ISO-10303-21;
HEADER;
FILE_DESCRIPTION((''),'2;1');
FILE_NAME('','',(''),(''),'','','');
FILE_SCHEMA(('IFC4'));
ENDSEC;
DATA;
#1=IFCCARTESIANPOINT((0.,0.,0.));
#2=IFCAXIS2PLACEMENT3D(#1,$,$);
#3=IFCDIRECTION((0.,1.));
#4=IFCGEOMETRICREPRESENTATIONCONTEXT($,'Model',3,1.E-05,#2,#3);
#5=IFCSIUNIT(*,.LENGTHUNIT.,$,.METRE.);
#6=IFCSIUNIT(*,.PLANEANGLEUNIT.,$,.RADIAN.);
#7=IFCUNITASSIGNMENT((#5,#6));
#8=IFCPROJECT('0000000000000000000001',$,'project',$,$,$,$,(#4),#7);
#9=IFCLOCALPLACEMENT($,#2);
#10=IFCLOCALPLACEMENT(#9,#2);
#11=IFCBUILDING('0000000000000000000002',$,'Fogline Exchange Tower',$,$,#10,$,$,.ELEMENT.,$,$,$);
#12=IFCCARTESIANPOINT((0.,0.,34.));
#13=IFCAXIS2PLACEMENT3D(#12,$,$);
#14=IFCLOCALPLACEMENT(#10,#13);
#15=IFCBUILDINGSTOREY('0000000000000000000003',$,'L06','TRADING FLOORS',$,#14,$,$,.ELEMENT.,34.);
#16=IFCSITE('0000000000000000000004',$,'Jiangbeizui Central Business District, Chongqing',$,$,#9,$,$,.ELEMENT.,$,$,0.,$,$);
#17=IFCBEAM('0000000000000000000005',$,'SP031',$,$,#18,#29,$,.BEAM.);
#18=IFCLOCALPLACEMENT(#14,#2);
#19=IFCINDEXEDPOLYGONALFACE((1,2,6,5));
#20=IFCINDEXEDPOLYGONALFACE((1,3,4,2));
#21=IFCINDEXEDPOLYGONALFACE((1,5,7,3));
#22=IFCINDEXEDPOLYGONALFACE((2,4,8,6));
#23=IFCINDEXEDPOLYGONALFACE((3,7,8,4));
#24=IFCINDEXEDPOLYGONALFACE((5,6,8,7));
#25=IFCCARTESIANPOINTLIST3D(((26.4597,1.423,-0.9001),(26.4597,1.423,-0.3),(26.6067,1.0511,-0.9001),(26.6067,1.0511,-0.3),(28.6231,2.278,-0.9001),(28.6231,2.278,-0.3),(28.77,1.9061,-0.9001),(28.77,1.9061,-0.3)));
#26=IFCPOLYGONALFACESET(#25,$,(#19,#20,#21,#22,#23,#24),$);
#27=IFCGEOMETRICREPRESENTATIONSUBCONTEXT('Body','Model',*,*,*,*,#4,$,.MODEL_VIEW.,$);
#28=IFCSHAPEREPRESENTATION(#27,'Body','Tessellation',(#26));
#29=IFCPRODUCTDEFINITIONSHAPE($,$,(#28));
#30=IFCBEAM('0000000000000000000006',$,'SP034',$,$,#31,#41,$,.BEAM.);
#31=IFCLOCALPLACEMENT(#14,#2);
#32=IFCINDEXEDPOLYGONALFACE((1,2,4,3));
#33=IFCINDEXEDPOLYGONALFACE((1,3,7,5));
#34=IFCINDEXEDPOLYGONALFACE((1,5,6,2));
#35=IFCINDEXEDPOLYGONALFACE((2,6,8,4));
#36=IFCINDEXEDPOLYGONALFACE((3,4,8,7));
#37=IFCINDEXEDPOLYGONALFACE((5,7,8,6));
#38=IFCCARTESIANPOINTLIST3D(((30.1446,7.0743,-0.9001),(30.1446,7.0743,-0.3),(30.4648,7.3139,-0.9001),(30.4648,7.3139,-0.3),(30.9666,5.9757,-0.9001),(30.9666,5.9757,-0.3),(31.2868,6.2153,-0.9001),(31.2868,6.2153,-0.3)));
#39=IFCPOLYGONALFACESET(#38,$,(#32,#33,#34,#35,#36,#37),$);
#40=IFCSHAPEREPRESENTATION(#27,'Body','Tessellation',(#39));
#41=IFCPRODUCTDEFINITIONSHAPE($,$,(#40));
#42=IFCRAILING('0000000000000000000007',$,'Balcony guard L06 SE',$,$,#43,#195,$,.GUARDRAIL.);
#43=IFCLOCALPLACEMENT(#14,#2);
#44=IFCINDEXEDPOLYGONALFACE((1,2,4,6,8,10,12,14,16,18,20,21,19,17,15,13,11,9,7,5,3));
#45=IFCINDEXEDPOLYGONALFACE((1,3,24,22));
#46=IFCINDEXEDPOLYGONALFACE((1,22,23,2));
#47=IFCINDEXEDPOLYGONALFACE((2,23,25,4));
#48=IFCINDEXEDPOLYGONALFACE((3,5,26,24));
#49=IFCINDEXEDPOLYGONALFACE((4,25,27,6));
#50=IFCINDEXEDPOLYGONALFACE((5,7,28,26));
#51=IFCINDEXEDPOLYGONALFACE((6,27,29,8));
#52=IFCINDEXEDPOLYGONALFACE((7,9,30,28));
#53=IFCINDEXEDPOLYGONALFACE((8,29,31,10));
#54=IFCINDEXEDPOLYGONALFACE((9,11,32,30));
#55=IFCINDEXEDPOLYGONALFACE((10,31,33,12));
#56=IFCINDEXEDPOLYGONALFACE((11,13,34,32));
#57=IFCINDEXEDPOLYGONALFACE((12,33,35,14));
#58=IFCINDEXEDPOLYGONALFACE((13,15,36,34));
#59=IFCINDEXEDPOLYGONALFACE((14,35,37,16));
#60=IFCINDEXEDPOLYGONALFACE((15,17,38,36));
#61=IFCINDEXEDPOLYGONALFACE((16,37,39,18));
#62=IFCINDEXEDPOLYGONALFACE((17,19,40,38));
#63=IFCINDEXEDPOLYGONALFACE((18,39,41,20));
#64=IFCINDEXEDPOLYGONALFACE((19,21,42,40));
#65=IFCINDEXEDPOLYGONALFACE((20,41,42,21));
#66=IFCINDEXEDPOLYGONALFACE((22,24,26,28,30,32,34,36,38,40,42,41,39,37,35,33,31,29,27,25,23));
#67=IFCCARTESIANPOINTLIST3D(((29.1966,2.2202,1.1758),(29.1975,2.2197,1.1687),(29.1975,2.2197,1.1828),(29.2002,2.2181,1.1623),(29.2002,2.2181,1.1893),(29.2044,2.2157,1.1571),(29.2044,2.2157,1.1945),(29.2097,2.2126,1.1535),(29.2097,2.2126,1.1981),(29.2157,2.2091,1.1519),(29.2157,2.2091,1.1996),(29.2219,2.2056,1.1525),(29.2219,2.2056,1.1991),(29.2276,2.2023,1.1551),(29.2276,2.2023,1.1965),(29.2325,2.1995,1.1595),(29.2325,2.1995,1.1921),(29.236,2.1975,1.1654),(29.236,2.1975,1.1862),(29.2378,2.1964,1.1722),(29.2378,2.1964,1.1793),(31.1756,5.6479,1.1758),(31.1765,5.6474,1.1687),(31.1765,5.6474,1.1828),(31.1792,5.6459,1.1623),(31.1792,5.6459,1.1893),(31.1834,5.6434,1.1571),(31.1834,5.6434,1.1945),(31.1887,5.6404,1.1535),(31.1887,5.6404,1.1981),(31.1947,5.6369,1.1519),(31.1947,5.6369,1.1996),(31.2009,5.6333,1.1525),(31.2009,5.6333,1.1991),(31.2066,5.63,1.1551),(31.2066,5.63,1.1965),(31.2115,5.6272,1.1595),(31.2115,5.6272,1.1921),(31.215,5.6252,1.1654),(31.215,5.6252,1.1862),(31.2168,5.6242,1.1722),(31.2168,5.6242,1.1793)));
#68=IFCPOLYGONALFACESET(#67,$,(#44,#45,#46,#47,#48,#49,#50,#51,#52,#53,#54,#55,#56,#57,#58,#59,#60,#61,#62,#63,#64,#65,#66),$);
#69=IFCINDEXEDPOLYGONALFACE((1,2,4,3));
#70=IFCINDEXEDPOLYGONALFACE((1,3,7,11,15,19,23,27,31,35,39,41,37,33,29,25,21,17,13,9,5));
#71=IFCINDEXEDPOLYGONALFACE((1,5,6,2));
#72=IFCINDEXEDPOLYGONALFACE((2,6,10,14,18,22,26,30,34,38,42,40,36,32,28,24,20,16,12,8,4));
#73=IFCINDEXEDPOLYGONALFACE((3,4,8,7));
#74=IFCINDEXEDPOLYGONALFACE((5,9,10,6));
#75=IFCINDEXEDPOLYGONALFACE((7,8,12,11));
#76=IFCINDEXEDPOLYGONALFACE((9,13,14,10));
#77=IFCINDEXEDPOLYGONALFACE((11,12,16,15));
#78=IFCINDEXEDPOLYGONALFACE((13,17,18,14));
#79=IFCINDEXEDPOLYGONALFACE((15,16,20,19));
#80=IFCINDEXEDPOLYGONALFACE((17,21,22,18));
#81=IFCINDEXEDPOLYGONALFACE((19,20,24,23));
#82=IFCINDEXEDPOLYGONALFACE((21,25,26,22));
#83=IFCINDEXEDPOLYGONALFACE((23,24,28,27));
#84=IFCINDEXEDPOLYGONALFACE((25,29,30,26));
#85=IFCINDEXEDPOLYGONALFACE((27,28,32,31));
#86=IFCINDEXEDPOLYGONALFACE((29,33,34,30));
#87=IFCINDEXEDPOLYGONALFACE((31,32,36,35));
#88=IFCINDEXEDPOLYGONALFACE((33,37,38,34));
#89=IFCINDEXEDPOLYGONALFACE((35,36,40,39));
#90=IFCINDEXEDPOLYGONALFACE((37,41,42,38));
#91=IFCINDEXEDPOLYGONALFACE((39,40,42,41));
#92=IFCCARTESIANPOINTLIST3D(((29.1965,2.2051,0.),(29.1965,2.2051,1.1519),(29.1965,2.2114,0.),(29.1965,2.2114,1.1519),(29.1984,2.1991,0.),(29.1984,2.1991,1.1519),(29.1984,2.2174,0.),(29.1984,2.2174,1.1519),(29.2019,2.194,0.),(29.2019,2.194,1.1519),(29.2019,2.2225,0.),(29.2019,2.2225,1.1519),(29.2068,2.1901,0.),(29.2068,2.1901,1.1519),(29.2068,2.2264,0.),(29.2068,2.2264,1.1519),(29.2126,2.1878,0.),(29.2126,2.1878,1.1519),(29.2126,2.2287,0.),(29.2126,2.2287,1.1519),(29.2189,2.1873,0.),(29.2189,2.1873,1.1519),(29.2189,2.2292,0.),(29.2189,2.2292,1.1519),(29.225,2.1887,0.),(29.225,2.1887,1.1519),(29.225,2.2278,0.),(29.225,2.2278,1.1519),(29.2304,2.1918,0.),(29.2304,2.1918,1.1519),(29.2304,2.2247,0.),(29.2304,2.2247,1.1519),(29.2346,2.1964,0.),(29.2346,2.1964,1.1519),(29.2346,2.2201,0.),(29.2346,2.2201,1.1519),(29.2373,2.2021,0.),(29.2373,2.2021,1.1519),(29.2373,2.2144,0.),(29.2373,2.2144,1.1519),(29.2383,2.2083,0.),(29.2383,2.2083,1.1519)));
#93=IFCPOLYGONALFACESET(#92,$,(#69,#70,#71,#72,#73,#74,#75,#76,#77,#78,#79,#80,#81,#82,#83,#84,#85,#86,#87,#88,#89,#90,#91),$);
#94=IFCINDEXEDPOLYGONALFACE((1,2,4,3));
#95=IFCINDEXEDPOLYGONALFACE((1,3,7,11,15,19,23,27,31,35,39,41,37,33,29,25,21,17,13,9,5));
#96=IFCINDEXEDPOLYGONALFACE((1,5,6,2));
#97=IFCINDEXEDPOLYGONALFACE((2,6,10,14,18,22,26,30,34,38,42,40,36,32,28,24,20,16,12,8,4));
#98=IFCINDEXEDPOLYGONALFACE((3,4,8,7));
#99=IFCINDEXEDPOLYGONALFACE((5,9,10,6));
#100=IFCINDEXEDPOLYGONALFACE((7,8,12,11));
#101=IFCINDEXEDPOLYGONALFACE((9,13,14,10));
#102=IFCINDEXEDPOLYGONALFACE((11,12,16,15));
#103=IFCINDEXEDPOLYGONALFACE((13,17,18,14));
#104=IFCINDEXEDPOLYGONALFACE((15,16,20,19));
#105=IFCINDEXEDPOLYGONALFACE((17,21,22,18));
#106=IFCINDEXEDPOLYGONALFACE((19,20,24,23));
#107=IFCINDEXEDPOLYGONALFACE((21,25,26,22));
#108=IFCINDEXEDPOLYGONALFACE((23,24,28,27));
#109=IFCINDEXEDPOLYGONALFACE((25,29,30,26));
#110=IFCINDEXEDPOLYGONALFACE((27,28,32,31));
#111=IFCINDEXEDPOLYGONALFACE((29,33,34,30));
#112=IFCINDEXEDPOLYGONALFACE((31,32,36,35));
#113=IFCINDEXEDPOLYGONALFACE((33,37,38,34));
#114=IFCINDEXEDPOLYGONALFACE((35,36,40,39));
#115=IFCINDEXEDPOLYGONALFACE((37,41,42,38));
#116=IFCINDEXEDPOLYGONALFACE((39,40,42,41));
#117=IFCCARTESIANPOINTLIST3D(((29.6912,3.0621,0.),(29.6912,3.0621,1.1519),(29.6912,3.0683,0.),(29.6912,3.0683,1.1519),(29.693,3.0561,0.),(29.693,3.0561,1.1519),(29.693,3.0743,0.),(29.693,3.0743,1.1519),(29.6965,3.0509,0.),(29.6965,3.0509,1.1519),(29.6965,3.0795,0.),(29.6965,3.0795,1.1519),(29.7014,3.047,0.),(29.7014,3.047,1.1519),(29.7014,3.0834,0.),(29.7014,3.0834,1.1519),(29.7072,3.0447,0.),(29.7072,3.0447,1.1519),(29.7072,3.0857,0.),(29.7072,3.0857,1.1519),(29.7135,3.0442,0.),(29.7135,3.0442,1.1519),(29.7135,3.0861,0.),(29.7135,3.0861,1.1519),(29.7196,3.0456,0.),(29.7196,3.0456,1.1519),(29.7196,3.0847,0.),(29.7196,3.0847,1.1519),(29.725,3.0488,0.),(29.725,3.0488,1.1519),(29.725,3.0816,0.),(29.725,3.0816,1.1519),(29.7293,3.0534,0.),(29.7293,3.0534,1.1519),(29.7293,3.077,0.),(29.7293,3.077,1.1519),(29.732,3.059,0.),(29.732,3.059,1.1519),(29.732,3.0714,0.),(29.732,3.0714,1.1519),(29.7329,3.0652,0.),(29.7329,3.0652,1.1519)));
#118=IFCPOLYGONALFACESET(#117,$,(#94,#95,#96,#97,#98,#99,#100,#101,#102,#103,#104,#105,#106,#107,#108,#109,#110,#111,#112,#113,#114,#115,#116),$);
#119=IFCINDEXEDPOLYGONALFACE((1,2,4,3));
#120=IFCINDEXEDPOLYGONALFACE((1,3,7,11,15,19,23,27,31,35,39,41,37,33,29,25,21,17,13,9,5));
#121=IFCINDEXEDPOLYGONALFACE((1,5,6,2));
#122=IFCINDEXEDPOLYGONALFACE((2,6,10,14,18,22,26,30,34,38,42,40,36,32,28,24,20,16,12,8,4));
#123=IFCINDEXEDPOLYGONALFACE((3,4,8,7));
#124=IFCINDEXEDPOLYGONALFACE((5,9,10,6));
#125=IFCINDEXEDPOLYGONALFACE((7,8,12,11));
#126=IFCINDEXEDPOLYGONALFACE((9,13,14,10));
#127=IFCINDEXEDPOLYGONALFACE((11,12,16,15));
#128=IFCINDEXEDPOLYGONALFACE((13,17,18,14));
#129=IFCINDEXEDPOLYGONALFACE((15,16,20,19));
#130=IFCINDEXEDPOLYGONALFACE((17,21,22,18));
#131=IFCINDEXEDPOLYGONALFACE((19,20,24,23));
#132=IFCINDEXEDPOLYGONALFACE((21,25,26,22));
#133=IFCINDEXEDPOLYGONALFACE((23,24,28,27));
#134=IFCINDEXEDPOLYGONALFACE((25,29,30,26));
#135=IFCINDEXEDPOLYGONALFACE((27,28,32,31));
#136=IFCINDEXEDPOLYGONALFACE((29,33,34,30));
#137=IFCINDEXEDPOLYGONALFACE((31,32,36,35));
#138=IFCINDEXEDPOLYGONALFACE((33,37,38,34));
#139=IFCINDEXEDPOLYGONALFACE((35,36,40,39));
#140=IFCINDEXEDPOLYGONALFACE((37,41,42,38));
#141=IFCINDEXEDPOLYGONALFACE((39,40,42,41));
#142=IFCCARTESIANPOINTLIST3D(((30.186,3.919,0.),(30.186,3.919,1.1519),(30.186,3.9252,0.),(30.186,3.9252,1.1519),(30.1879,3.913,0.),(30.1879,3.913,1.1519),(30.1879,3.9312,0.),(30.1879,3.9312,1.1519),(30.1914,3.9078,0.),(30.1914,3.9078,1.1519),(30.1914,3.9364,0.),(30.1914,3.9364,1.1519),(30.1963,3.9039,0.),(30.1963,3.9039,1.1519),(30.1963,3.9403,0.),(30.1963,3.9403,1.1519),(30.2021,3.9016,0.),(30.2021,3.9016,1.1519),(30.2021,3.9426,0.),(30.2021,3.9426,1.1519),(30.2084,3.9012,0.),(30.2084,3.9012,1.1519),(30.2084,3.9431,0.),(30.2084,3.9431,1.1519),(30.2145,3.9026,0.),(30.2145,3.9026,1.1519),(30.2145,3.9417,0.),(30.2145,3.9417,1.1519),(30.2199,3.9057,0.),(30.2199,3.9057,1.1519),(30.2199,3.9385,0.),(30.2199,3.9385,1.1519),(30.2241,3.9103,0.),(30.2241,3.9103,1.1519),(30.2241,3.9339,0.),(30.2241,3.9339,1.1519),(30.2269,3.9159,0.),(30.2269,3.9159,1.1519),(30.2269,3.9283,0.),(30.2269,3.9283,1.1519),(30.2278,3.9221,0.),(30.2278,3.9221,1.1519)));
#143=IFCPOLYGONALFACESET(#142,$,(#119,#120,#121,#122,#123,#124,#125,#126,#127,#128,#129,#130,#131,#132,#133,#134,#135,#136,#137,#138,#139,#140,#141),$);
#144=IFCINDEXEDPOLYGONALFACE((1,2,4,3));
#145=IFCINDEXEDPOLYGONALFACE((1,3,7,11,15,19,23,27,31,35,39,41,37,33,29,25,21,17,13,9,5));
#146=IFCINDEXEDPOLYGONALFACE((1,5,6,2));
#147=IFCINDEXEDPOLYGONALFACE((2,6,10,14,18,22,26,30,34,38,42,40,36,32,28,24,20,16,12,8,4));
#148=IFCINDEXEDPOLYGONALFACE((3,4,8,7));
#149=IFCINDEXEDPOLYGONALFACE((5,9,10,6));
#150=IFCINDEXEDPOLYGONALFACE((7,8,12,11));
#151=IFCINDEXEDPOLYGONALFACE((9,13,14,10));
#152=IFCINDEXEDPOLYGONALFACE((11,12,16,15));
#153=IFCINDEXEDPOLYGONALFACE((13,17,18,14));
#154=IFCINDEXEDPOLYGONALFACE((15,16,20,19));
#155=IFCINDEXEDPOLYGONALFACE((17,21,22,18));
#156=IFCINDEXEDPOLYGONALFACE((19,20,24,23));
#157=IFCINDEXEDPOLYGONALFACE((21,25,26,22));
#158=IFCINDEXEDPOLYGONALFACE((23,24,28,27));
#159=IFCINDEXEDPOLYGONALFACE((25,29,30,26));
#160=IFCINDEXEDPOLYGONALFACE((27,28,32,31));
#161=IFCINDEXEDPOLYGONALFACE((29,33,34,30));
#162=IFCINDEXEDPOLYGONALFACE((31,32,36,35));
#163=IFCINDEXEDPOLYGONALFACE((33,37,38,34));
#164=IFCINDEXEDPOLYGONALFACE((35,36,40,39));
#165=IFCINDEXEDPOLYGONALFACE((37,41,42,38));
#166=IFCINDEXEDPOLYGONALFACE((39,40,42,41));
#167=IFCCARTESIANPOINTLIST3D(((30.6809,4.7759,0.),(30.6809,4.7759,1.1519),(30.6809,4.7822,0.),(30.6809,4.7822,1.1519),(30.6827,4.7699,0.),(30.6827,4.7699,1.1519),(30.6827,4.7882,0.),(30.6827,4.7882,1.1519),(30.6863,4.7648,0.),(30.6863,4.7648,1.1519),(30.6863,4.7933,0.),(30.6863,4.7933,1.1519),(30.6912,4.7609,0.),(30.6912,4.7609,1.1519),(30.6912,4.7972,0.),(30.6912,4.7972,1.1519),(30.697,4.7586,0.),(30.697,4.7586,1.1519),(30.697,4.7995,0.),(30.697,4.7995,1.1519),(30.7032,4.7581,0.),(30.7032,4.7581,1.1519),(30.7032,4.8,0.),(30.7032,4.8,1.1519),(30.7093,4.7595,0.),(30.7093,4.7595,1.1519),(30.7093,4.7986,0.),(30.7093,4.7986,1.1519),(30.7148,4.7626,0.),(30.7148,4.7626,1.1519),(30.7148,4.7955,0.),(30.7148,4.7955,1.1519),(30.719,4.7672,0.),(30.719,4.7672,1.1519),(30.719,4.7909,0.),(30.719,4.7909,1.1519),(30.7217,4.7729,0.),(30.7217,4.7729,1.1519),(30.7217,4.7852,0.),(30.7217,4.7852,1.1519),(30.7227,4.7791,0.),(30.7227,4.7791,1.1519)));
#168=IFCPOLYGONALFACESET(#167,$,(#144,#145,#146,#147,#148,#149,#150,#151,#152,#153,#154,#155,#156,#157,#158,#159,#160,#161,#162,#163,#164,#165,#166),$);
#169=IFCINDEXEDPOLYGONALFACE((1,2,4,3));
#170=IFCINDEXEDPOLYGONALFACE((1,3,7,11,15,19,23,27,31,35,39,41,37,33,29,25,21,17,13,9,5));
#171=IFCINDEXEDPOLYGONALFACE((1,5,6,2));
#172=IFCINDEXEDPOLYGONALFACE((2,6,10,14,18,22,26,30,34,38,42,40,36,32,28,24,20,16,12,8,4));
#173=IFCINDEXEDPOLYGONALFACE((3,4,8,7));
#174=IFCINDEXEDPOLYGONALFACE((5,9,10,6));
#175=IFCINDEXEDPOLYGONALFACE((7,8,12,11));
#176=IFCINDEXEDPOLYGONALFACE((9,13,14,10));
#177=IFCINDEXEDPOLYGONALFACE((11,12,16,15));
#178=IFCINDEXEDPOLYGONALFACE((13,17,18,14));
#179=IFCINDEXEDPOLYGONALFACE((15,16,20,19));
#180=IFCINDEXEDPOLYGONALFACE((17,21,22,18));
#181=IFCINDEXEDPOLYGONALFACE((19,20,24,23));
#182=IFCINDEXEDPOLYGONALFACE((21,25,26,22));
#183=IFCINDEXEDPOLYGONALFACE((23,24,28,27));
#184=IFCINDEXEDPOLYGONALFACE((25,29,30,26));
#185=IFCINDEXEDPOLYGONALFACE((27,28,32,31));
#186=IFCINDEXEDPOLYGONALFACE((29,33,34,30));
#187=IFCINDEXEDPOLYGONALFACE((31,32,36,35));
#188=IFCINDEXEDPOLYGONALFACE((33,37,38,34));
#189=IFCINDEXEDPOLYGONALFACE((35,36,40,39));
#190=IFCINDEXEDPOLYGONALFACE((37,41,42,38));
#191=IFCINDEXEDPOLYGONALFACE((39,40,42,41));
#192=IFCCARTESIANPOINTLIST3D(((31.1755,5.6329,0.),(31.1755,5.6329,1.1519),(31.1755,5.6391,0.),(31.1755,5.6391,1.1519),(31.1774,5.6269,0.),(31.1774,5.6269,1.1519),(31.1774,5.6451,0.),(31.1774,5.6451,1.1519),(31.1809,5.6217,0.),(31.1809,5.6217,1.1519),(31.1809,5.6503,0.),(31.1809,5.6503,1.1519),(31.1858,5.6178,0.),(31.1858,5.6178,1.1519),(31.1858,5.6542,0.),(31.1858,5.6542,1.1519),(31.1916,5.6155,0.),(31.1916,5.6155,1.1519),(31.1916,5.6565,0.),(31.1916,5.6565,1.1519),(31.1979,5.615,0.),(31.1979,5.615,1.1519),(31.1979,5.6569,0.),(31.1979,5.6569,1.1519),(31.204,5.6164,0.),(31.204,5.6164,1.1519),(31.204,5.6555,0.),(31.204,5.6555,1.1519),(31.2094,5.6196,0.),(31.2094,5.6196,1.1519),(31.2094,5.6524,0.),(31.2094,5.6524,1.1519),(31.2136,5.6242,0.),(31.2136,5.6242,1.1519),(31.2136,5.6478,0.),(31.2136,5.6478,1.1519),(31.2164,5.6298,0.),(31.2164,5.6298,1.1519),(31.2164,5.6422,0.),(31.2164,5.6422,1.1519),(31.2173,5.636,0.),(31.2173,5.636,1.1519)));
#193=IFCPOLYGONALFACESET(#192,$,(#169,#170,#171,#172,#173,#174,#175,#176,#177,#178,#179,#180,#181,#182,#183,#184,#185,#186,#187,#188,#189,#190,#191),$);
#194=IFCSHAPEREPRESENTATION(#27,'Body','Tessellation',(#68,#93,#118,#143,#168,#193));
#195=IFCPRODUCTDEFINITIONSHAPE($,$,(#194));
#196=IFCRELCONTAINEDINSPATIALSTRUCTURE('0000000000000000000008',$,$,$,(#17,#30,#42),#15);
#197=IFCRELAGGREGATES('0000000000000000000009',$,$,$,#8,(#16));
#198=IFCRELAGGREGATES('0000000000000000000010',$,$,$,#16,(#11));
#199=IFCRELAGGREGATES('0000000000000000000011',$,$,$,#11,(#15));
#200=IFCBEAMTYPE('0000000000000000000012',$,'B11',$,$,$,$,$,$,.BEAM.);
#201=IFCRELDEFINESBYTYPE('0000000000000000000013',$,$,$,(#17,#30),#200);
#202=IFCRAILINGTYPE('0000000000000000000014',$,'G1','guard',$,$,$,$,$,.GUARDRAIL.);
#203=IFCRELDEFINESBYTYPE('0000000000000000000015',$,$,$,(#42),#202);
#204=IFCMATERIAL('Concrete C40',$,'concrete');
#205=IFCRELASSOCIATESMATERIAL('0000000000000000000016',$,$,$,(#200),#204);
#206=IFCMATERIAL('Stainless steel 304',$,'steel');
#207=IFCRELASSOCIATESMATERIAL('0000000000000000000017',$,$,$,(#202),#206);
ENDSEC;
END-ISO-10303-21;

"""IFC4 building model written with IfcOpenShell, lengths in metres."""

from ifc_helpers import new_model, si_unit, direction, frame, origin, origin_2d, place, context, subcontext, project, spatial, rectangle, circle, extrude, material, material_profile, profile_set, type_object, element, save


model = new_model("IFC4")

# Units and contexts
model_context = context("Model", 3, precision=1e-05, world=origin(), true_north=direction((0.0, 1.0)))
body_context = subcontext(model_context, "Body", "Model", "MODEL_VIEW")
ifc_project = project(units=[si_unit("LENGTHUNIT", "METRE"), si_unit("PLANEANGLEUNIT", "RADIAN")], contexts=[model_context])

# Site, building, storey
site_placement = place(None, origin())
site = spatial("IfcSite", under=ifc_project, at=site_placement, Name="Jiangbeizui Central Business District, Chongqing", CompositionType="ELEMENT", RefElevation=0.0)
building_placement = place(site_placement, origin())
building = spatial("IfcBuilding", under=site, at=building_placement, Name="Fogline Exchange Tower", CompositionType="ELEMENT")
storey_placement = place(building_placement, frame((0.0, 0.0, 34.0)))
storey = spatial("IfcBuildingStorey", under=building, at=storey_placement, Name="L06", Description="TRADING FLOORS", CompositionType="ELEMENT", Elevation=34.0)

# Beams
ifc_material_1 = material(Name="Concrete C40", Category="concrete")
ifc_material_profile = material_profile(ifc_material_1, rectangle(XDim=0.3999, YDim=0.6001, at=origin_2d()), Name="RC 400x600")
ifc_profile_set = profile_set([ifc_material_profile], Name="Concrete C40")
beam_type = type_object("IfcBeamType", Name="B11", PredefinedType="BEAM", material=ifc_profile_set)
beam_1_placement = place(storey_placement, frame((26.5332, 1.2371, -0.6001), z_axis=(0.930003, 0.367551, 0.0), x_axis=(-0.367551, 0.930003, 0.0)))
element("IfcBeam", 1, at=beam_1_placement, inside=storey, type_object=beam_type, Name="SP031", PredefinedType="BEAM", context=body_context, shape_type="SweptSolid", body=[
    extrude(rectangle(XDim=0.3999, YDim=0.6001, at=origin_2d()), origin(), (0.0, 0.0, 1.0), 2.3262),
])
beam_2_placement = place(storey_placement, frame((30.3047, 7.1941, -0.6001), z_axis=(0.599089, -0.800683, 0.0), x_axis=(0.800683, 0.599089, 0.0)))
element("IfcBeam", 2, at=beam_2_placement, inside=storey, type_object=beam_type, Name="SP034", PredefinedType="BEAM", context=body_context, shape_type="SweptSolid", body=[
    extrude(rectangle(XDim=0.3999, YDim=0.6001, at=origin_2d()), origin(), (0.0, 0.0, 1.0), 1.3721),
])

# Railing
ifc_material_2 = material(Name="Stainless steel 304", Category="steel")
railing_type = type_object("IfcRailingType", Name="G1", Description="guard", PredefinedType="GUARDRAIL", material=ifc_material_2)
railing_placement = place(storey_placement, frame((29.2173, 2.2083, 0.0)))
element("IfcRailing", 3, at=railing_placement, inside=storey, type_object=railing_type, Name="Balcony guard L06 SE", PredefinedType="GUARDRAIL", context=body_context, shape_type="SweptSolid", body=[
    extrude(circle(Radius=0.0239, at=origin_2d()), frame((0.0, 0.0, 1.1758), z_axis=(0.5, 0.866025, 0.0), x_axis=(-0.866025, 0.5, 0.0)), (0.0, 0.0, 1.0), 3.958),
    extrude(circle(Radius=0.021, at=origin_2d()), origin(), (0.0, 0.0, 1.0), 1.1519),
    extrude(circle(Radius=0.021, at=origin_2d()), frame((0.4946, 0.8569, 0.0)), (0.0, 0.0, 1.0), 1.1519),
    extrude(circle(Radius=0.021, at=origin_2d()), frame((0.9895, 1.7139, 0.0)), (0.0, 0.0, 1.0), 1.1519),
    extrude(circle(Radius=0.021, at=origin_2d()), frame((1.4844, 2.5708, 0.0)), (0.0, 0.0, 1.0), 1.1519),
    extrude(circle(Radius=0.021, at=origin_2d()), frame((1.979, 3.4277, 0.0)), (0.0, 0.0, 1.0), 1.1519),
])

save(model, "model.ifc")
